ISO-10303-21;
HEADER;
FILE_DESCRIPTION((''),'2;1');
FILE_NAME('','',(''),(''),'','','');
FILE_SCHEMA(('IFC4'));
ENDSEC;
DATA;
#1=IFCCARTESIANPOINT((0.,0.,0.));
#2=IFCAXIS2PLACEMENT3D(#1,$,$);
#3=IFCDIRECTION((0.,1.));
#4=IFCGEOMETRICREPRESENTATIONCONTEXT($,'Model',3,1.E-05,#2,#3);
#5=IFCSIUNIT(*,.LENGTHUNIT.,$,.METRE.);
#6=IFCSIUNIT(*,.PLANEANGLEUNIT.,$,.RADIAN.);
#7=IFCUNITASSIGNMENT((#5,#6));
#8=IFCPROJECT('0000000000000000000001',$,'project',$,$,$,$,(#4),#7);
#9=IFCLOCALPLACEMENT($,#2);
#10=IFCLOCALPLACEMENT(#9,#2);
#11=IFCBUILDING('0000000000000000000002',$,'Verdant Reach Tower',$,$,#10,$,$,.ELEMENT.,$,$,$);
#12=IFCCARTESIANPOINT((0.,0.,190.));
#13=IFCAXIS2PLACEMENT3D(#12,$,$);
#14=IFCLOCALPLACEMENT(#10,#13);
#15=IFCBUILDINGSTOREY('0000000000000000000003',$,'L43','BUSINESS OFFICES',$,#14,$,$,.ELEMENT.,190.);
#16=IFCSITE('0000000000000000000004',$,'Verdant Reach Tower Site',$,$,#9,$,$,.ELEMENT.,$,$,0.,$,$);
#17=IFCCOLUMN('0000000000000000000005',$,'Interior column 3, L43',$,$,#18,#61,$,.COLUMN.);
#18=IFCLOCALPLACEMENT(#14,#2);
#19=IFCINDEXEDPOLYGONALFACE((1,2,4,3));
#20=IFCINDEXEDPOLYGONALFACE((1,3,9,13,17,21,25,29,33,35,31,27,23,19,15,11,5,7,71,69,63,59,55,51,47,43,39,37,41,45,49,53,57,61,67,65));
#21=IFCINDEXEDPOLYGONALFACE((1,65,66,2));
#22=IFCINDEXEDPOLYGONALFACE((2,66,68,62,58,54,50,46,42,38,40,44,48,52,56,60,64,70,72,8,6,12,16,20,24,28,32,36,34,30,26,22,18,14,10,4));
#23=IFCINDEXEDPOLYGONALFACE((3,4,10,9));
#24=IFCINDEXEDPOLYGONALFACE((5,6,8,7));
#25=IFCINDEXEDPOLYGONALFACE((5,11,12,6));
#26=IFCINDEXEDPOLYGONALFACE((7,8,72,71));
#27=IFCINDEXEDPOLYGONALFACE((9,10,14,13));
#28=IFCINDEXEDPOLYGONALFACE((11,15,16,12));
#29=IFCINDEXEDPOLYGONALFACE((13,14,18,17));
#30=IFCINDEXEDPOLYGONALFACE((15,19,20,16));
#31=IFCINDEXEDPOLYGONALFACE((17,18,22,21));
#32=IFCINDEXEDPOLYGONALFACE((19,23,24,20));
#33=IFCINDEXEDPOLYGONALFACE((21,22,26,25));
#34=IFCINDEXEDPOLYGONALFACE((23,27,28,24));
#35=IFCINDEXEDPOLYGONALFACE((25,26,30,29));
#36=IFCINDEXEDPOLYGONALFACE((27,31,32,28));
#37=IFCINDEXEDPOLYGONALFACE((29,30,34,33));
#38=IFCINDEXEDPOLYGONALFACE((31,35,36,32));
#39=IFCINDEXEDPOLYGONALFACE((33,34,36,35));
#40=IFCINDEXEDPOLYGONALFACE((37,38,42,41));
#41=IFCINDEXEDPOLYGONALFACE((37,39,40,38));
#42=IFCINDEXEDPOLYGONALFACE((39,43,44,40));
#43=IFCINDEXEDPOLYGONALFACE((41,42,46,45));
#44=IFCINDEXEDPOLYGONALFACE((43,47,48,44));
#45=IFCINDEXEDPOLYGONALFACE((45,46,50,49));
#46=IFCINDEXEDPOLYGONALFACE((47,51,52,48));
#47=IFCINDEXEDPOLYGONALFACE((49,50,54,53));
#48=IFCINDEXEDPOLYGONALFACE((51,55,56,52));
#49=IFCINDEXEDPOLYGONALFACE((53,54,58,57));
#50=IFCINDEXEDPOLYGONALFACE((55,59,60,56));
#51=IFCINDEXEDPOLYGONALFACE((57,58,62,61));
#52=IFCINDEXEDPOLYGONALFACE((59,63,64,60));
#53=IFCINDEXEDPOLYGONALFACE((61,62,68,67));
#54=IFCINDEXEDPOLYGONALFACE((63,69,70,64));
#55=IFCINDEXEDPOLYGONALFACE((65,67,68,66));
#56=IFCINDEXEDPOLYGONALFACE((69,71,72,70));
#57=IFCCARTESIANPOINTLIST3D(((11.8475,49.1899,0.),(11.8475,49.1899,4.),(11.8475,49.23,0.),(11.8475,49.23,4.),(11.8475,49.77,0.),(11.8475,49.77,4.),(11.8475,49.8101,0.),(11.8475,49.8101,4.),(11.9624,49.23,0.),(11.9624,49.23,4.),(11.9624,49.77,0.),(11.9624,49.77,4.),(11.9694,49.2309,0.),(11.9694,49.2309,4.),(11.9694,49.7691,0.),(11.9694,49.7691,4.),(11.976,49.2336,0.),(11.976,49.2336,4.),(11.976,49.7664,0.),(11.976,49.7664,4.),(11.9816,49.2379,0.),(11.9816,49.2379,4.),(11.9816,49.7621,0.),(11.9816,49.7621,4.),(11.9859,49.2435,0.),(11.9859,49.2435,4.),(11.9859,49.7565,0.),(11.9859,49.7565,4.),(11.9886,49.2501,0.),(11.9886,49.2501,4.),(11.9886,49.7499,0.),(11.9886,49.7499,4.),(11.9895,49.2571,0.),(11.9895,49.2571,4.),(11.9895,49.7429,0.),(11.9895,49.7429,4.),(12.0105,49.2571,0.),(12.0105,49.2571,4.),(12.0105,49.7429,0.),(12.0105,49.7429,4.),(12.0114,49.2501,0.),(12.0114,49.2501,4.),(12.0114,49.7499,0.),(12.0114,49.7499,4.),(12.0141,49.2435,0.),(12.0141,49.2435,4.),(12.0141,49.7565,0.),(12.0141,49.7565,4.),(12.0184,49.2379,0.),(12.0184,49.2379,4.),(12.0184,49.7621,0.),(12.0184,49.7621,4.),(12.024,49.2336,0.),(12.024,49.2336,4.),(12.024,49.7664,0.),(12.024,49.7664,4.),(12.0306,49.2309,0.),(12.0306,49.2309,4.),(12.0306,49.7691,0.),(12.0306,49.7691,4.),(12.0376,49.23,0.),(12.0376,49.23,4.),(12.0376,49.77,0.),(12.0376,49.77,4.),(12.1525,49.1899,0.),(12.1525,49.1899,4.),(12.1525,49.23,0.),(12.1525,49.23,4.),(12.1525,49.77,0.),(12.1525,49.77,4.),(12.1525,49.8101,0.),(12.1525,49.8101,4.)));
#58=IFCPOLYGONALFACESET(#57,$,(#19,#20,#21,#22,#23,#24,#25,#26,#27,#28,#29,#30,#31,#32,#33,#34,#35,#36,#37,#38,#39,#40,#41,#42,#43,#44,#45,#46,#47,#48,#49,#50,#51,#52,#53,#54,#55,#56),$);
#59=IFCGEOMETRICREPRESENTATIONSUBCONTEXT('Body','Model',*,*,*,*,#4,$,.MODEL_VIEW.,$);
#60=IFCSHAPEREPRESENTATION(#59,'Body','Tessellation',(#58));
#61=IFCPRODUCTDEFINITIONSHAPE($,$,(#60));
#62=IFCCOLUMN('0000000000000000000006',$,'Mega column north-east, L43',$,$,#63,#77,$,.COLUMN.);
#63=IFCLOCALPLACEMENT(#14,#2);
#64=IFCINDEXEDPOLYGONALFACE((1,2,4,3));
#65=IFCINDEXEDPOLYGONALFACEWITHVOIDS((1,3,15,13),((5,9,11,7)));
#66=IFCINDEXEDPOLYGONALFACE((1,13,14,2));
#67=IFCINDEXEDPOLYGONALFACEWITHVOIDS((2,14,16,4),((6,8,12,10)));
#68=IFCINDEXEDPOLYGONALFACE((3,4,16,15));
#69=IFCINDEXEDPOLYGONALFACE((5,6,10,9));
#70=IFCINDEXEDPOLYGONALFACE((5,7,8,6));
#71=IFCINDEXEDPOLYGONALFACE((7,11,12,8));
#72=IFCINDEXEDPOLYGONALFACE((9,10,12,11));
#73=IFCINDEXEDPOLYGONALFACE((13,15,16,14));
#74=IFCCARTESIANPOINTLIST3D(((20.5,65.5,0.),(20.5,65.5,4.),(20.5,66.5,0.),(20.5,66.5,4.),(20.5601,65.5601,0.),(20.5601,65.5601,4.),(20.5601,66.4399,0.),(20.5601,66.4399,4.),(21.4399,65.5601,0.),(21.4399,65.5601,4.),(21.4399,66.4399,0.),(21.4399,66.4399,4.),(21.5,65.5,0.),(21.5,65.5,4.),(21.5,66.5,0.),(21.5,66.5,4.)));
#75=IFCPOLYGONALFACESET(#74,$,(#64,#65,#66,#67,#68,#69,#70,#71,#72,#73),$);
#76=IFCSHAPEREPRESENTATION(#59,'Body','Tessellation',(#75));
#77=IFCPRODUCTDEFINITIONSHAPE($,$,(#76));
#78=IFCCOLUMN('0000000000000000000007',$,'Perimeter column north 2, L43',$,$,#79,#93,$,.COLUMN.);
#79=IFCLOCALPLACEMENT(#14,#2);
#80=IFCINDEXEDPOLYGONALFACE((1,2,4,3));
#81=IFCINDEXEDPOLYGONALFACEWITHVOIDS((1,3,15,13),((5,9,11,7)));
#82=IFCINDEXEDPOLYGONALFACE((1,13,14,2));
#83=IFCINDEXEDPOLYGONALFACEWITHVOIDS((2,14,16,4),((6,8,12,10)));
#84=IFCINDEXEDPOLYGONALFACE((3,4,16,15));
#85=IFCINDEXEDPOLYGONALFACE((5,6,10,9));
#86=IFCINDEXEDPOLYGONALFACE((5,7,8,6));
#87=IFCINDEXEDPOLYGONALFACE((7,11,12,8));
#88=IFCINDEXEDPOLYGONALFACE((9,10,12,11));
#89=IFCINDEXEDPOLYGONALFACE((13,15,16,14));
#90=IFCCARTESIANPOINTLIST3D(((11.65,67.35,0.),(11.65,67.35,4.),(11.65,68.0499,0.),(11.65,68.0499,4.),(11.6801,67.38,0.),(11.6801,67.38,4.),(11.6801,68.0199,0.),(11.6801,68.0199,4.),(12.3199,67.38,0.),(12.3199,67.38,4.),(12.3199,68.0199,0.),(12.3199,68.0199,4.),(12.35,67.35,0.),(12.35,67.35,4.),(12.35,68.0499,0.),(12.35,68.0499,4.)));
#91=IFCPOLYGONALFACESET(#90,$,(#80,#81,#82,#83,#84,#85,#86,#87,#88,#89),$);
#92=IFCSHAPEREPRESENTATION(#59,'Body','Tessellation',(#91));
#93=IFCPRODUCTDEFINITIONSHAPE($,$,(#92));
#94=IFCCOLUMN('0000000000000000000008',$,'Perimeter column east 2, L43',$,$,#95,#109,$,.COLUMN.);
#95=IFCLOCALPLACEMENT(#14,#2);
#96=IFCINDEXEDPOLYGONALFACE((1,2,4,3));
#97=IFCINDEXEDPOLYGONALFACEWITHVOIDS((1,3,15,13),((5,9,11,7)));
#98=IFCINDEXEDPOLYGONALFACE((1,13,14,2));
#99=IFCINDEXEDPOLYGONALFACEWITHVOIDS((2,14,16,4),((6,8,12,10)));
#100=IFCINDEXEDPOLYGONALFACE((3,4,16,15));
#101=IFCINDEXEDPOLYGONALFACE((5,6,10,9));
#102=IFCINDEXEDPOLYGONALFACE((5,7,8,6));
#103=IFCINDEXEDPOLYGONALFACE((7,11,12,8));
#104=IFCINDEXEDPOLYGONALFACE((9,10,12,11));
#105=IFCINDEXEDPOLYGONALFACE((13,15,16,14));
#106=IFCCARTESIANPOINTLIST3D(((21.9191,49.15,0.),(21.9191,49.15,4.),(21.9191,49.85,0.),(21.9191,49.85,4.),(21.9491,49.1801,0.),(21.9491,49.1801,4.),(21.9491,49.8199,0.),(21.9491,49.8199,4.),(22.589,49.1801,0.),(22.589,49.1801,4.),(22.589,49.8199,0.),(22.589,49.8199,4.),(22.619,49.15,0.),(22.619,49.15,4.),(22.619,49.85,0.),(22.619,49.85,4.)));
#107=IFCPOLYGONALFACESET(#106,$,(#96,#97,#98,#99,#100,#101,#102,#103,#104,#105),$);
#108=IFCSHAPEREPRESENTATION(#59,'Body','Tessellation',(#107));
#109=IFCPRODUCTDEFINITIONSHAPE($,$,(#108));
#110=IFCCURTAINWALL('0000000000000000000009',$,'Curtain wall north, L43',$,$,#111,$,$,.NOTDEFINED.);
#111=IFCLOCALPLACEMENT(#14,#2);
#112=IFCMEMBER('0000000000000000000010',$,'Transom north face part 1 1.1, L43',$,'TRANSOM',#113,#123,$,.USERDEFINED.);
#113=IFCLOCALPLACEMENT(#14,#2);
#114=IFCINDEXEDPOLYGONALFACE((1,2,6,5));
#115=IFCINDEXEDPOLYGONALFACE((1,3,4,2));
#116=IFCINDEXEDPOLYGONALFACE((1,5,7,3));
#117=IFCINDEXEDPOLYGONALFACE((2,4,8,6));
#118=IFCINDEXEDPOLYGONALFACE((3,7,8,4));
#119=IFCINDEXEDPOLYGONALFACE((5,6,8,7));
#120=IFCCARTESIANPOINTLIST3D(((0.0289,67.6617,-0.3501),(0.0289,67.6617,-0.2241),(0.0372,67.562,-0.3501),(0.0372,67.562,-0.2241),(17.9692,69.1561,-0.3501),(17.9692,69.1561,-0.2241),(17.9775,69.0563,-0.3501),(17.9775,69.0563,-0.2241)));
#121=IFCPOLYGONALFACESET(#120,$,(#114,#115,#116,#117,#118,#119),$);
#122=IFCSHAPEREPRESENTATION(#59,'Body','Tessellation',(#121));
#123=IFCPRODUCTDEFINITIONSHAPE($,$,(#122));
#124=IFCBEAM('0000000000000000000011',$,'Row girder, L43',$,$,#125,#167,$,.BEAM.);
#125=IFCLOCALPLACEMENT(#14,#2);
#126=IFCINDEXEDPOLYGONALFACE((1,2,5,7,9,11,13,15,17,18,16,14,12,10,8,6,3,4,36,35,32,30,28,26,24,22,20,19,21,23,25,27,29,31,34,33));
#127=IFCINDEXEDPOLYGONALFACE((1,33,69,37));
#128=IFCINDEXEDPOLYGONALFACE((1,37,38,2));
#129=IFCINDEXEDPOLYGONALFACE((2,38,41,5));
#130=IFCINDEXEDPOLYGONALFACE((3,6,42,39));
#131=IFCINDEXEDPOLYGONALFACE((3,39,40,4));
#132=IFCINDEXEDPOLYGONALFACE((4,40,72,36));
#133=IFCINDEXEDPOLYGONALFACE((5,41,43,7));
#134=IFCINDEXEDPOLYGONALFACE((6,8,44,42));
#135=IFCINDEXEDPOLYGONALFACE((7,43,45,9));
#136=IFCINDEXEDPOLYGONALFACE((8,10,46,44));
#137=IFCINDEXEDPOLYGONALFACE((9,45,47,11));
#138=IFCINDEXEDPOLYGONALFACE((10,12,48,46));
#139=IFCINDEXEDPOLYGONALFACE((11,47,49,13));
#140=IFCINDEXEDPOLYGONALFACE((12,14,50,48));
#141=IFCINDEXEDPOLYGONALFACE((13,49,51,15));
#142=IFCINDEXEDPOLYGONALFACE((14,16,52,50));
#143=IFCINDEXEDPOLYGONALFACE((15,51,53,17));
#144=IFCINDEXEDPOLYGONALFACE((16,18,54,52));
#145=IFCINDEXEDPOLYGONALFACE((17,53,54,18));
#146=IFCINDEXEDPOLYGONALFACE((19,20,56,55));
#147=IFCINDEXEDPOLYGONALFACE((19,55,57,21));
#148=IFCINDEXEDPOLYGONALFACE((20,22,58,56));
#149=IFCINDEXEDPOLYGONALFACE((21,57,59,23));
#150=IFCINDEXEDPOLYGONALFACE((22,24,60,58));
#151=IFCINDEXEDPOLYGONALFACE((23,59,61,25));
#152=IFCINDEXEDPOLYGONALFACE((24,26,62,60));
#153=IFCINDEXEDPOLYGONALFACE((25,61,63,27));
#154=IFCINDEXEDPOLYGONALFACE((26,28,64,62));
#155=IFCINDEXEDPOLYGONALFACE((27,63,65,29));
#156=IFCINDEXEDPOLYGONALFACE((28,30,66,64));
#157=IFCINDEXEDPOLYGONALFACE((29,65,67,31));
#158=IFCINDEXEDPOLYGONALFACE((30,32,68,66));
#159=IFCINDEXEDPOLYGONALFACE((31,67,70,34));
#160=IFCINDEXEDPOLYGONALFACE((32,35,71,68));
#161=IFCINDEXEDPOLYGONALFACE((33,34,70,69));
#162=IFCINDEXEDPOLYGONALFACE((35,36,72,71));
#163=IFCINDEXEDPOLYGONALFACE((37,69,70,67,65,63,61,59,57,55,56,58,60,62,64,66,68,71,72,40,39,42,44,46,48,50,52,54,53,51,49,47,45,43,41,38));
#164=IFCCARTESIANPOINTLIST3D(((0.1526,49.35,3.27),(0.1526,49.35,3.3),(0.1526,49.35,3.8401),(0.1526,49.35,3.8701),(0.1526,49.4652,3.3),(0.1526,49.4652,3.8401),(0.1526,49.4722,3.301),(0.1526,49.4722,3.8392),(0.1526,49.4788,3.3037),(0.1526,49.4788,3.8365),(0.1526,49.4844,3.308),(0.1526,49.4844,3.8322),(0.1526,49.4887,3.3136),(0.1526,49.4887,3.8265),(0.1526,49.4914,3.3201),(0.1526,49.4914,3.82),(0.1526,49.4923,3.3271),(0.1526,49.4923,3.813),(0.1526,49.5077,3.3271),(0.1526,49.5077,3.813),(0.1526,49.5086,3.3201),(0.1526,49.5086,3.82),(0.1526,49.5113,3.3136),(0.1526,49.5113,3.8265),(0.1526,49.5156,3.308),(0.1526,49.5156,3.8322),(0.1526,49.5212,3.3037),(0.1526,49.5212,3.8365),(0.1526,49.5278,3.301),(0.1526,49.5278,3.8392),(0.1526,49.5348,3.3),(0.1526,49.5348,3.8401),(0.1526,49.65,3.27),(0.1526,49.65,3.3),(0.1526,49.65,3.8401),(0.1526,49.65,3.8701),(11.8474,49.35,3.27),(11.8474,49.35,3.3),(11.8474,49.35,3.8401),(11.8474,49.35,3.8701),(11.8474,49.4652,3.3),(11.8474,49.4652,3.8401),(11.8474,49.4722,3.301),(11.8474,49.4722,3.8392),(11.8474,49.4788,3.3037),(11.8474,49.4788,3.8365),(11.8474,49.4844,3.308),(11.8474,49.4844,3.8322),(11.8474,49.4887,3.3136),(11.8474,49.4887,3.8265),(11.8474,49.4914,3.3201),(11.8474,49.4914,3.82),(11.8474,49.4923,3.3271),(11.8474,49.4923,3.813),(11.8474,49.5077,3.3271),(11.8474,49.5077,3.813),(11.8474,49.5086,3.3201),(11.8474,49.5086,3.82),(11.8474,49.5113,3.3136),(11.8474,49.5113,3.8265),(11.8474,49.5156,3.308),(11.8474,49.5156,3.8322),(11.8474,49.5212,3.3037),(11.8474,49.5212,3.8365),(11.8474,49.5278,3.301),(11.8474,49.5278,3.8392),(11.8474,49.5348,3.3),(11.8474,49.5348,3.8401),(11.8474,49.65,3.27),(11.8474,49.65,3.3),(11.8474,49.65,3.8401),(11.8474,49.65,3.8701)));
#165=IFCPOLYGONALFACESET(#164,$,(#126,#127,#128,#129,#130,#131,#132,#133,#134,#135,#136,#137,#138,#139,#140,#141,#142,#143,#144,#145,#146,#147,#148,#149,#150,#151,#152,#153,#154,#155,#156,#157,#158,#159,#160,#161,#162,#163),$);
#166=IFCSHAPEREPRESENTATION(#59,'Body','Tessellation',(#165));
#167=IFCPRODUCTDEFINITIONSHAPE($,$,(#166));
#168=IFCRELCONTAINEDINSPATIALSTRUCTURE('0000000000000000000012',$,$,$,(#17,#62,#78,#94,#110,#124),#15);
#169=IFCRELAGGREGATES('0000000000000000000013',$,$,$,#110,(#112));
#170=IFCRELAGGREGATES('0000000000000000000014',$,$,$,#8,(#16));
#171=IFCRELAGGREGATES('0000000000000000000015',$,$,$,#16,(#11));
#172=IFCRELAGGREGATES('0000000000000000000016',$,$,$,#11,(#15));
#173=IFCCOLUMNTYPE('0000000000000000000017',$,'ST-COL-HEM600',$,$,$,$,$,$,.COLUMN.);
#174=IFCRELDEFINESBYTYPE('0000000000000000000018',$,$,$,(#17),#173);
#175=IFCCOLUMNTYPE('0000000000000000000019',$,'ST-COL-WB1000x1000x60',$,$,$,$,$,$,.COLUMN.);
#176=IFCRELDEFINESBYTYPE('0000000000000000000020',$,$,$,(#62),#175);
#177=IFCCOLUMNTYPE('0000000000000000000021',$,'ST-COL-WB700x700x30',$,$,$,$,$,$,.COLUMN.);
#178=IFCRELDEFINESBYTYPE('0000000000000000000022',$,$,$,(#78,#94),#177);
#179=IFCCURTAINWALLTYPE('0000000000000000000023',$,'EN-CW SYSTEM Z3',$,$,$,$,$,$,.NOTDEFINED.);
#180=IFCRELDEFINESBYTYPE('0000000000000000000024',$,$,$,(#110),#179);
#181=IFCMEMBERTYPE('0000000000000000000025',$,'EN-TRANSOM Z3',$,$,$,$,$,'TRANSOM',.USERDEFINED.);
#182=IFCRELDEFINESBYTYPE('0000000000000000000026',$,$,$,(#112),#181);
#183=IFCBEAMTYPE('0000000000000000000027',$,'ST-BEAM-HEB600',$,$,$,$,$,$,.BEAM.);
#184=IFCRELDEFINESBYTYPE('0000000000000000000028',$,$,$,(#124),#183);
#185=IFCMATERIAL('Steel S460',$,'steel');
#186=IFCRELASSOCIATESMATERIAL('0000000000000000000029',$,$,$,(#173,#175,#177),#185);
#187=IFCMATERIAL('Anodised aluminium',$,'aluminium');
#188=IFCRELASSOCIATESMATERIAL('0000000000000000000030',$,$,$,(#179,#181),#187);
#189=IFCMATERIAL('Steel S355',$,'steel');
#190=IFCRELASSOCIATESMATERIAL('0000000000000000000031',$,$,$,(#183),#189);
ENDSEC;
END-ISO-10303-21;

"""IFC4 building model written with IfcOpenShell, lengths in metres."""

from ifc_helpers import new_model, si_unit, direction, frame, origin, origin_2d, place, context, subcontext, project, spatial, rectangle, hollow_rectangle, i_section, extrude, material, material_profile, profile_set, type_object, element, aggregate, save


model = new_model("IFC4")

# Units and contexts
model_context = context("Model", 3, precision=1e-05, world=origin(), true_north=direction((0.0, 1.0)))
body_context = subcontext(model_context, "Body", "Model", "MODEL_VIEW")
ifc_project = project(units=[si_unit("LENGTHUNIT", "METRE"), si_unit("PLANEANGLEUNIT", "RADIAN")], contexts=[model_context])

# Site, building, storey
site_placement = place(None, origin())
site = spatial("IfcSite", under=ifc_project, at=site_placement, Name="Verdant Reach Tower Site", CompositionType="ELEMENT", RefElevation=0.0)
building_placement = place(site_placement, origin())
building = spatial("IfcBuilding", under=site, at=building_placement, Name="Verdant Reach Tower", CompositionType="ELEMENT")
storey_placement = place(building_placement, frame((0.0, 0.0, 190.0)))
storey = spatial("IfcBuildingStorey", under=building, at=storey_placement, Name="L43", Description="BUSINESS OFFICES", CompositionType="ELEMENT", Elevation=190.0)

# Columns
ifc_material_1 = material(Name="Steel S460", Category="steel")
ifc_material_profile_1 = material_profile(ifc_material_1, i_section(OverallWidth=0.3049, OverallDepth=0.6201, WebThickness=0.021, FlangeThickness=0.04, FilletRadius=0.0271, at=origin_2d()), Name="HEM 600")
ifc_profile_set_1 = profile_set([ifc_material_profile_1], Name="Steel S460")
column_type_1 = type_object("IfcColumnType", Name="ST-COL-HEM600", PredefinedType="COLUMN", material=ifc_profile_set_1)
column_1_placement = place(storey_placement, frame((12.0, 49.5, 0.0), z_axis=(0.0, 0.0, 1.0), x_axis=(1.0, 0.0, 0.0)))
element("IfcColumn", 1, at=column_1_placement, inside=storey, type_object=column_type_1, Name="Interior column 3, L43", PredefinedType="COLUMN", context=body_context, shape_type="SweptSolid", body=[
    extrude(i_section(OverallWidth=0.3049, OverallDepth=0.6201, WebThickness=0.021, FlangeThickness=0.04, FilletRadius=0.0271, at=origin_2d()), origin(), (0.0, 0.0, 1.0), 4.0),
])
ifc_material_profile_2 = material_profile(ifc_material_1, hollow_rectangle(XDim=1.0, YDim=1.0, WallThickness=0.0601, at=origin_2d()), Name="WB 1000x1000x60")
ifc_profile_set_2 = profile_set([ifc_material_profile_2], Name="Steel S460")
column_type_2 = type_object("IfcColumnType", Name="ST-COL-WB1000x1000x60", PredefinedType="COLUMN", material=ifc_profile_set_2)
column_2_placement = place(storey_placement, frame((21.0, 66.0, 0.0), z_axis=(0.0, 0.0, 1.0), x_axis=(1.0, 0.0, 0.0)))
element("IfcColumn", 2, at=column_2_placement, inside=storey, type_object=column_type_2, Name="Mega column north-east, L43", PredefinedType="COLUMN", context=body_context, shape_type="SweptSolid", body=[
    extrude(hollow_rectangle(XDim=1.0, YDim=1.0, WallThickness=0.0601, at=origin_2d()), origin(), (0.0, 0.0, 1.0), 4.0),
])
ifc_material_profile_3 = material_profile(ifc_material_1, hollow_rectangle(XDim=0.7, YDim=0.7, WallThickness=0.03, at=origin_2d()), Name="WB 700x700x30")
ifc_profile_set_3 = profile_set([ifc_material_profile_3], Name="Steel S460")
column_type_3 = type_object("IfcColumnType", Name="ST-COL-WB700x700x30", PredefinedType="COLUMN", material=ifc_profile_set_3)
for number, where, z_axis, x_axis, name in (
    (3, (12.0, 67.7, 0.0), (0.0, 0.0, 1.0), (1.0, 0.0, 0.0), "Perimeter column north 2, L43"),
    (4, (22.269, 49.5, 0.0), (0.0, 0.0, 1.0), (1.0, 0.0, 0.0), "Perimeter column east 2, L43"),
):
    element("IfcColumn", number, at=place(storey_placement, frame(where, z_axis=z_axis, x_axis=x_axis)), inside=storey, type_object=column_type_3, Name=name, PredefinedType="COLUMN", context=body_context, shape_type="SweptSolid", body=[
        extrude(hollow_rectangle(XDim=0.7, YDim=0.7, WallThickness=0.03, at=origin_2d()), origin(), (0.0, 0.0, 1.0), 4.0),
    ])

# Curtain wall, member
ifc_material_2 = material(Name="Anodised aluminium", Category="aluminium")
curtain_wall_type = type_object("IfcCurtainWallType", Name="EN-CW SYSTEM Z3", PredefinedType="NOTDEFINED", material=ifc_material_2)
curtain_wall_1_placement = place(storey_placement, origin())
curtain_wall_1 = element("IfcCurtainWall", 5, at=curtain_wall_1_placement, inside=storey, type_object=curtain_wall_type, Name="Curtain wall north, L43", PredefinedType="NOTDEFINED")
ifc_material_profile_4 = material_profile(ifc_material_2, rectangle(XDim=0.1001, YDim=0.126, at=origin_2d()), Name="Transom 126x100")
ifc_profile_set_4 = profile_set([ifc_material_profile_4], Name="Anodised aluminium")
member_type = type_object("IfcMemberType", Name="EN-TRANSOM Z3", ElementType="TRANSOM", PredefinedType="USERDEFINED", material=ifc_profile_set_4)
member_placement = place(storey_placement, frame((17.9734, 69.1062, -0.2871), z_axis=(-0.996549, -0.08301, 0.0), x_axis=(0.08301, -0.996549, 0.0)))
member = element("IfcMember", 6, at=member_placement, type_object=member_type, Name="Transom north face part 1 1.1, L43", ObjectType="TRANSOM", PredefinedType="USERDEFINED", context=body_context, shape_type="SweptSolid", body=[
    extrude(rectangle(XDim=0.1001, YDim=0.126, at=origin_2d()), origin(), (0.0, 0.0, 1.0), 18.0024),
])

# Beam
ifc_material_3 = material(Name="Steel S355", Category="steel")
ifc_material_profile_5 = material_profile(ifc_material_3, i_section(OverallWidth=0.3, OverallDepth=0.6001, WebThickness=0.0154, FlangeThickness=0.03, FilletRadius=0.0271, at=origin_2d()), Name="HEB 600")
ifc_profile_set_5 = profile_set([ifc_material_profile_5], Name="Steel S355")
beam_type_1 = type_object("IfcBeamType", Name="ST-BEAM-HEB600", PredefinedType="BEAM", material=ifc_profile_set_5)
beam_1_placement = place(storey_placement, frame((0.1526, 49.5, 3.5701), z_axis=(1.0, 0.0, 0.0), x_axis=(0.0, 1.0, 0.0)))
element("IfcBeam", 7, at=beam_1_placement, inside=storey, type_object=beam_type_1, Name="Row girder, L43", PredefinedType="BEAM", context=body_context, shape_type="SweptSolid", body=[
    extrude(i_section(OverallWidth=0.3, OverallDepth=0.6001, WebThickness=0.0154, FlangeThickness=0.03, FilletRadius=0.0271, at=origin_2d()), origin(), (0.0, 0.0, 1.0), 11.6948),
])

aggregate(curtain_wall_1, [member])

save(model, "model.ifc")
